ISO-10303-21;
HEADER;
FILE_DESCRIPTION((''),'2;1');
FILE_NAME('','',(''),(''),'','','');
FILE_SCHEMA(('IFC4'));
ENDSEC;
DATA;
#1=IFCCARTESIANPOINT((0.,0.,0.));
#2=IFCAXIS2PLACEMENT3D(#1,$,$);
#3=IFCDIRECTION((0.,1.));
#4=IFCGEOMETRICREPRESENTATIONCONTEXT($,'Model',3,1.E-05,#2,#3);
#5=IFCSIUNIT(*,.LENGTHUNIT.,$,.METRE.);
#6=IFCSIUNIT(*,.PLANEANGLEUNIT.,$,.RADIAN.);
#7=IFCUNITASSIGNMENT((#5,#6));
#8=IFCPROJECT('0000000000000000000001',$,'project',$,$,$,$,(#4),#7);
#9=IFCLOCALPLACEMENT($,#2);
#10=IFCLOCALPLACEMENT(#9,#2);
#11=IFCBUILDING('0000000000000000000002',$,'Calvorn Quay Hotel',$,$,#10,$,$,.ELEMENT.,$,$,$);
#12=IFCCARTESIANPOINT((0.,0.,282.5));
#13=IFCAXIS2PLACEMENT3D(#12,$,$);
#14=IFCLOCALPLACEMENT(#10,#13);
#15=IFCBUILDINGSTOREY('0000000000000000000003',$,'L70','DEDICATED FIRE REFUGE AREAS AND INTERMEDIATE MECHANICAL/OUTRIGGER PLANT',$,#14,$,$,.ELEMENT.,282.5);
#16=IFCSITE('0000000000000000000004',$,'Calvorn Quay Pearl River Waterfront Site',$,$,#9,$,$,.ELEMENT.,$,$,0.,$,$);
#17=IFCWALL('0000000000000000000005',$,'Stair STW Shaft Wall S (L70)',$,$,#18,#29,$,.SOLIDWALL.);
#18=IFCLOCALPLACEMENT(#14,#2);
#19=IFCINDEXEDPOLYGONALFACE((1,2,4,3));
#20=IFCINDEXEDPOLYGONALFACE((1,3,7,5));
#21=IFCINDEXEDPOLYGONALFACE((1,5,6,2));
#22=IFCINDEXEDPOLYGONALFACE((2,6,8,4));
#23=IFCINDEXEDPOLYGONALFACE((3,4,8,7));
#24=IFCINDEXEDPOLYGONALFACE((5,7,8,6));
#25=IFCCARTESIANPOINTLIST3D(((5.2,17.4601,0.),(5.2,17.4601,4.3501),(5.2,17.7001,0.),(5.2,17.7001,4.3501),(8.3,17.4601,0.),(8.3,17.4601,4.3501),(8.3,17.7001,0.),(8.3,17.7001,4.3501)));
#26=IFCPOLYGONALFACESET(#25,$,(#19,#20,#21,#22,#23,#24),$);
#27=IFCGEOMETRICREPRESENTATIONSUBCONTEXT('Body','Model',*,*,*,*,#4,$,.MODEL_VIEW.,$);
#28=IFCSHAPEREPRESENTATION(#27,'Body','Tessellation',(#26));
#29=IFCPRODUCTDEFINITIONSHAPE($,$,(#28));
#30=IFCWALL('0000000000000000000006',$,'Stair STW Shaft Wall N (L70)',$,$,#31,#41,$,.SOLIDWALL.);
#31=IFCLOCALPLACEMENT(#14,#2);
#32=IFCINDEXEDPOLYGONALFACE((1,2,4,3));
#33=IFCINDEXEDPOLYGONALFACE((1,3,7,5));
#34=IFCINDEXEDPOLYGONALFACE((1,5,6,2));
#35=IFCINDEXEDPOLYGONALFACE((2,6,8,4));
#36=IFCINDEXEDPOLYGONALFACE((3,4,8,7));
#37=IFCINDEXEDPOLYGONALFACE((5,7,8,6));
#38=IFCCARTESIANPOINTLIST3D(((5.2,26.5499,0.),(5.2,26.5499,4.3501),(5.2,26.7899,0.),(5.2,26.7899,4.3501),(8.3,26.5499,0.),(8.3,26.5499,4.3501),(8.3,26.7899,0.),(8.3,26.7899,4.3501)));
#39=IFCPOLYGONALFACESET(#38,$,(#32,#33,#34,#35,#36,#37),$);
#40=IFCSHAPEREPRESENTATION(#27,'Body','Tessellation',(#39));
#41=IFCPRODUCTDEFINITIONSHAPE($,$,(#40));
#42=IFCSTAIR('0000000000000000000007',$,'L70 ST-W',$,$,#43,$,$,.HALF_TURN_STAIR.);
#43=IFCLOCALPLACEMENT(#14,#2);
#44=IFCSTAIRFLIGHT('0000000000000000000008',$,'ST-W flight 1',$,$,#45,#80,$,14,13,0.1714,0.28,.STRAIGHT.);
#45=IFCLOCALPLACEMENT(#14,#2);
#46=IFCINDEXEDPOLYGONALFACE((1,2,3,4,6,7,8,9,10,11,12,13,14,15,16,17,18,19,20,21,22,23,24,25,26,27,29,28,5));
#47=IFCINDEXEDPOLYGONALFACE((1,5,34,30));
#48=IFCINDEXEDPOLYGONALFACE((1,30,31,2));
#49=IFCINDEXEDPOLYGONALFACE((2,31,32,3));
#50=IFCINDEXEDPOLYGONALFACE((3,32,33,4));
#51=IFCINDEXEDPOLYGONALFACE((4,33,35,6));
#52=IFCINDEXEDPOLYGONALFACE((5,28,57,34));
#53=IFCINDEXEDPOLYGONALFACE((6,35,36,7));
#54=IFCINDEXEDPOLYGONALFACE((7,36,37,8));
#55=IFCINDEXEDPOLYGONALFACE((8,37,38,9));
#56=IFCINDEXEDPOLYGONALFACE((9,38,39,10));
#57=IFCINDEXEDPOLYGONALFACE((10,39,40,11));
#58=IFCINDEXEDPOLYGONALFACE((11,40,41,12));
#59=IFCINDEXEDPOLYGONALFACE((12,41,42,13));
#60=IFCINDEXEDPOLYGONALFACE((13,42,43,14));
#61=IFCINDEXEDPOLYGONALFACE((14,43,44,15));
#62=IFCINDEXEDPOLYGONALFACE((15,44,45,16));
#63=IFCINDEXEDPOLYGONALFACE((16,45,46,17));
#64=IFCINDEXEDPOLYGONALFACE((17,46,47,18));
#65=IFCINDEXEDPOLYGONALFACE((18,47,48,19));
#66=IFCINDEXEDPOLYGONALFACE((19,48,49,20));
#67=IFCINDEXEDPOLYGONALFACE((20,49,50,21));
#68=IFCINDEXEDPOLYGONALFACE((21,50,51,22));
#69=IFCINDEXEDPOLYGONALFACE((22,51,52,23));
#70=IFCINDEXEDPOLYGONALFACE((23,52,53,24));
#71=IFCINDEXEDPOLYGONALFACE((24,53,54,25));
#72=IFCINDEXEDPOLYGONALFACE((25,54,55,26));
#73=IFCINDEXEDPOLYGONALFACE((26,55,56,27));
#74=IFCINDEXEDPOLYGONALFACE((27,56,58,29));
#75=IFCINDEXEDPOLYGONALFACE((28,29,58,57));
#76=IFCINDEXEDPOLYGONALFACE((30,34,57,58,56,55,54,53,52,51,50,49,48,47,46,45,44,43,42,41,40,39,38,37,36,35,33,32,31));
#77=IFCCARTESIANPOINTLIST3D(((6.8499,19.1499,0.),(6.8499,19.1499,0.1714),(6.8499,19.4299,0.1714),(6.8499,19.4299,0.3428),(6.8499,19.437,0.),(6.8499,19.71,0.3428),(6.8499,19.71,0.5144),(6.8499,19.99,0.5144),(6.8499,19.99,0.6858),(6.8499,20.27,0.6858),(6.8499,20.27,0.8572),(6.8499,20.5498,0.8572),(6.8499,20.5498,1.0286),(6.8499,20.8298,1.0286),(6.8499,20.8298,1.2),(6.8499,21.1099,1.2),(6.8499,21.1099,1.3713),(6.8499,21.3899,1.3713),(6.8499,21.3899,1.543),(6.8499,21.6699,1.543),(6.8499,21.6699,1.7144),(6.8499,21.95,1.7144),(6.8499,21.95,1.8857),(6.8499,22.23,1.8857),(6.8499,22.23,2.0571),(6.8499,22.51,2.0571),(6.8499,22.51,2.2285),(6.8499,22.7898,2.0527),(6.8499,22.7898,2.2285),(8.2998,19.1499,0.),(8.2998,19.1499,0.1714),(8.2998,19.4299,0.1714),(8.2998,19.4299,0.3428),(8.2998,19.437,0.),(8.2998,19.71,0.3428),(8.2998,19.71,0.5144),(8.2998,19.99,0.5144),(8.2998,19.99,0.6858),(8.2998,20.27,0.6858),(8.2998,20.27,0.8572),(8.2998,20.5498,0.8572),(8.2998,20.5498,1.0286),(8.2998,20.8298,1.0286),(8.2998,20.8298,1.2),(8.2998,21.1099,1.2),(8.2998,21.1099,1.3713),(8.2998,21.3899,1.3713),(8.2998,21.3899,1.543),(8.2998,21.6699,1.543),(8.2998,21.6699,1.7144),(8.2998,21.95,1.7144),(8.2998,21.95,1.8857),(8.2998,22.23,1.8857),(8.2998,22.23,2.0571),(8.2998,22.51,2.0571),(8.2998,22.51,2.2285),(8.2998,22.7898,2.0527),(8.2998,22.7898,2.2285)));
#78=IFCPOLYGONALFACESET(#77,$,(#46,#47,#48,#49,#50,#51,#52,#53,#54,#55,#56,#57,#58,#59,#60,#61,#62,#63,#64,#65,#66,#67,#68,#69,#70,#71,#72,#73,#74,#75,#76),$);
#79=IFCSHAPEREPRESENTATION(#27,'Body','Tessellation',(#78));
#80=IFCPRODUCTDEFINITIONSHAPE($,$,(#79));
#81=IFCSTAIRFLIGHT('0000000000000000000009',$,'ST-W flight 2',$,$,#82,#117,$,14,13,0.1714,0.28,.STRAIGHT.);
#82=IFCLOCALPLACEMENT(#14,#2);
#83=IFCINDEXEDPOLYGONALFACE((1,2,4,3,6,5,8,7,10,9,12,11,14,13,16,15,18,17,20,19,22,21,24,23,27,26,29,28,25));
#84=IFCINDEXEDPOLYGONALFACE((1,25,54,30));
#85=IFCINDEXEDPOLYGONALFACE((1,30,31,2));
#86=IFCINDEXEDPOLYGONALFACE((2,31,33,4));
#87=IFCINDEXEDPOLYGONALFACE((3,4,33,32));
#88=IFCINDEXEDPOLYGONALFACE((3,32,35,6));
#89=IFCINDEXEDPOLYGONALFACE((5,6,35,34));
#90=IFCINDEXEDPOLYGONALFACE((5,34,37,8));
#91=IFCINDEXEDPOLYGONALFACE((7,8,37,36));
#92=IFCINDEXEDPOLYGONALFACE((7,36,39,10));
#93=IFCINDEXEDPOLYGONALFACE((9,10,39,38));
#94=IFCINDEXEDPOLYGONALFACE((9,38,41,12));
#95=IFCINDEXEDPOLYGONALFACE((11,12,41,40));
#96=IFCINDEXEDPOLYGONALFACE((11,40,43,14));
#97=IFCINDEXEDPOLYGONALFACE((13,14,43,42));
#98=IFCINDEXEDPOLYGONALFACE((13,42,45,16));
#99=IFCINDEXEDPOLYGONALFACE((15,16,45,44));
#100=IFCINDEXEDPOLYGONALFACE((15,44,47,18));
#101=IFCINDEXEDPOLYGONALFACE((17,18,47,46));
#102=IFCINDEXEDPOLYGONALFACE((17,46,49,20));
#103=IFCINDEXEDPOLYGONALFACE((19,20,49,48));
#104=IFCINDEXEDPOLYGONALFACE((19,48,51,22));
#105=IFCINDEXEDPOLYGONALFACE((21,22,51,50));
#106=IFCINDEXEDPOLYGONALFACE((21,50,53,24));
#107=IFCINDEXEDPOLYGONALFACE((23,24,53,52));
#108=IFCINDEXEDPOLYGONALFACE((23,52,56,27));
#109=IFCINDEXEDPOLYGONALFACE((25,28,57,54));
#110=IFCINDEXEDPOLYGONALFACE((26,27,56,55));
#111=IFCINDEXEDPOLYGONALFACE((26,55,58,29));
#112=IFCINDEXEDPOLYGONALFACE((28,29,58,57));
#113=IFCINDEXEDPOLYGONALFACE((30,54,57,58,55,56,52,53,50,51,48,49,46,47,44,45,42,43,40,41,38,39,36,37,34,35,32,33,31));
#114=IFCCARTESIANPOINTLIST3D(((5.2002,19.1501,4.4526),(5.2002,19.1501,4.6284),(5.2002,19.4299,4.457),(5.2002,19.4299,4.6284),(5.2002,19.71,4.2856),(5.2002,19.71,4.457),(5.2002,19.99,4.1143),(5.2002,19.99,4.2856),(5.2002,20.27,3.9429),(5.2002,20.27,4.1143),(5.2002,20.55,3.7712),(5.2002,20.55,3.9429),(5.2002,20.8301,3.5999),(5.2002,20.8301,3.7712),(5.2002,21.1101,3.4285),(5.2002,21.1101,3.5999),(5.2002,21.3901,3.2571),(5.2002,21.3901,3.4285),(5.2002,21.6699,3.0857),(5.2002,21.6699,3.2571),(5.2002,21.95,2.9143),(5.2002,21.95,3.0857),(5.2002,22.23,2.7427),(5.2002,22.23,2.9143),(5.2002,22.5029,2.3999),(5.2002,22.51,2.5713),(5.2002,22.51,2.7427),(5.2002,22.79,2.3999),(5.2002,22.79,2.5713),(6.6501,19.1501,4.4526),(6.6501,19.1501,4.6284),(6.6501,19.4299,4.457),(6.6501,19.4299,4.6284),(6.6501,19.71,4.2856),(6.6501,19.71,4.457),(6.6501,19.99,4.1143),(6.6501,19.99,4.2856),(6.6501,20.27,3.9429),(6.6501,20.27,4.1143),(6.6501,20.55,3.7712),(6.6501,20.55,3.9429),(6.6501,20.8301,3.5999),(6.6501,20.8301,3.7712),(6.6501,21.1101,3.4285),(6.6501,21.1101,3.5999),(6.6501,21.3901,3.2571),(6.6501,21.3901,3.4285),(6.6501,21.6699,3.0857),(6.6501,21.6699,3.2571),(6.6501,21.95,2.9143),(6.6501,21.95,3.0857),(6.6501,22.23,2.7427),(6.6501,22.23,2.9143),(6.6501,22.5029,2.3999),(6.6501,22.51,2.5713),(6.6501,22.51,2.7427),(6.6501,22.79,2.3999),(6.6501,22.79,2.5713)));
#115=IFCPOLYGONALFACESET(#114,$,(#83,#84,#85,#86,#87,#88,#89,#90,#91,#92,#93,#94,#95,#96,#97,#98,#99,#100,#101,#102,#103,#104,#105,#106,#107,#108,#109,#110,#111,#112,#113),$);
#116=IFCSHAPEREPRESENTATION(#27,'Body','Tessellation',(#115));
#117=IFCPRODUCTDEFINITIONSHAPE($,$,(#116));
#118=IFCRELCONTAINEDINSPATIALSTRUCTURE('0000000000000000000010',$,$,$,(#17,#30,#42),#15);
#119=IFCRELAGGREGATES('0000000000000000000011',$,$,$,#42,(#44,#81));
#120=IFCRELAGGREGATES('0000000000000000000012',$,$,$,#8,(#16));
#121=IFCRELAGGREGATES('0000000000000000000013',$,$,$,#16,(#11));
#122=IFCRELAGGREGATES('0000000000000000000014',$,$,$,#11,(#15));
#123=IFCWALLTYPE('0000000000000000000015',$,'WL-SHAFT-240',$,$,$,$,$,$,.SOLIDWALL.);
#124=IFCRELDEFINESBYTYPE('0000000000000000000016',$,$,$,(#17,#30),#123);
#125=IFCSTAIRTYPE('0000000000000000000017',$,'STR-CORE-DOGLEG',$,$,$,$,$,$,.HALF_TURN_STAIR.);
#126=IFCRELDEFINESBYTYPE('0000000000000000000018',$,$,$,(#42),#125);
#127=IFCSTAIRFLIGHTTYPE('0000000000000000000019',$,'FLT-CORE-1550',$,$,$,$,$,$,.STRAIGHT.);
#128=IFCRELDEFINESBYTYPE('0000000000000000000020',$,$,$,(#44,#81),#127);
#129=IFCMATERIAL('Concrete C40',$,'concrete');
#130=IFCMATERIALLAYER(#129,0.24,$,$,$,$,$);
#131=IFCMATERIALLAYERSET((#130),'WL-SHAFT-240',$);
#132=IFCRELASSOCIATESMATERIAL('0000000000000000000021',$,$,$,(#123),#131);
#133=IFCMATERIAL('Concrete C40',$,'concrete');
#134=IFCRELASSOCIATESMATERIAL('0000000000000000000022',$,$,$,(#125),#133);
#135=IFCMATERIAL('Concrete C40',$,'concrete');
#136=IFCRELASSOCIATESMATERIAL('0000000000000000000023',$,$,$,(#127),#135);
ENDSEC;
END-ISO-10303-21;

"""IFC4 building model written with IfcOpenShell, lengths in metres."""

from ifc_helpers import new_model, si_unit, direction, frame, frame_2d, origin, place, context, subcontext, project, spatial, polyline, rectangle, outline, extrude, material, layer, layer_set, type_object, element, aggregate, save


model = new_model("IFC4")

# Units and contexts
model_context = context("Model", 3, precision=1e-05, world=origin(), true_north=direction((0.0, 1.0)))
body_context = subcontext(model_context, "Body", "Model", "MODEL_VIEW")
ifc_project = project(units=[si_unit("LENGTHUNIT", "METRE"), si_unit("PLANEANGLEUNIT", "RADIAN")], contexts=[model_context])

# Site, building, storey
site_placement = place(None, origin())
site = spatial("IfcSite", under=ifc_project, at=site_placement, Name="Calvorn Quay Pearl River Waterfront Site", CompositionType="ELEMENT", RefElevation=0.0)
building_placement = place(site_placement, origin())
building = spatial("IfcBuilding", under=site, at=building_placement, Name="Calvorn Quay Hotel", CompositionType="ELEMENT")
storey_placement = place(building_placement, frame((0.0, 0.0, 282.5)))
storey = spatial("IfcBuildingStorey", under=building, at=storey_placement, Name="L70", Description="DEDICATED FIRE REFUGE AREAS AND INTERMEDIATE MECHANICAL/OUTRIGGER PLANT", CompositionType="ELEMENT", Elevation=282.5)

# Shared definitions
ifc_material_1 = material(Name="Concrete C40", Category="concrete")
ifc_layer_1 = layer(ifc_material_1, 0.24)
ifc_layer_set_1 = layer_set([ifc_layer_1], Name="WL-SHAFT-240")
wall_type_1 = type_object("IfcWallType", Name="WL-SHAFT-240", PredefinedType="SOLIDWALL", material=ifc_layer_set_1)

# Walls
for number, where, z_axis, x_axis, name in (
    (1, (5.2, 17.5801, 0.0), (0.0, 0.0, 1.0), (1.0, 0.0, 0.0), "Stair STW Shaft Wall S (L70)"),
    (2, (5.2, 26.6699, 0.0), (0.0, 0.0, 1.0), (1.0, 0.0, 0.0), "Stair STW Shaft Wall N (L70)"),
):
    element("IfcWall", number, at=place(storey_placement, frame(where, z_axis=z_axis, x_axis=x_axis)), inside=storey, type_object=wall_type_1, Name=name, PredefinedType="SOLIDWALL", context=body_context, shape_type="SweptSolid", body=[
        extrude(rectangle(XDim=3.1001, YDim=0.24, at=frame_2d((1.55, 0.0))), origin(), (0.0, 0.0, 1.0), 4.3501),
    ])

# Stair, stair flights
ifc_material_2 = material(Name="Concrete C40", Category="concrete")
stair_type = type_object("IfcStairType", Name="STR-CORE-DOGLEG", PredefinedType="HALF_TURN_STAIR", material=ifc_material_2)
stair_placement = place(storey_placement, origin())
stair = element("IfcStair", 3, at=stair_placement, inside=storey, type_object=stair_type, Name="L70 ST-W", PredefinedType="HALF_TURN_STAIR")
ifc_material_3 = material(Name="Concrete C40", Category="concrete")
stair_flight_type = type_object("IfcStairFlightType", Name="FLT-CORE-1550", PredefinedType="STRAIGHT", material=ifc_material_3)
stair_flight_1_placement = place(storey_placement, frame((7.575, 19.1499, 0.0), z_axis=(0.0, 0.0, 1.0), x_axis=(0.0, 1.0, 0.0)))
stair_flight_1 = element("IfcStairFlight", 4, at=stair_flight_1_placement, type_object=stair_flight_type, Name="ST-W flight 1", NumberOfRisers=14, NumberOfTreads=13, PredefinedType="STRAIGHT", RiserHeight=0.1714, TreadLength=0.28, context=body_context, shape_type="SweptSolid", body=[
    extrude(outline(polyline([(0.0, 0.0), (0.0, 0.1714), (0.28, 0.1714), (0.28, 0.3428), (0.5601, 0.3428), (0.5601, 0.5144), (0.8401, 0.5144), (0.8401, 0.6858), (1.1201, 0.6858), (1.1201, 0.8572), (1.3999, 0.8572), (1.3999, 1.0286), (1.6799, 1.0286), (1.6799, 1.2), (1.96, 1.2), (1.96, 1.3713), (2.24, 1.3713), (2.24, 1.543), (2.52, 1.543), (2.52, 1.7144), (2.8, 1.7144), (2.8, 1.8857), (3.0801, 1.8857), (3.0801, 2.0571), (3.3601, 2.0571), (3.3601, 2.2285), (3.6399, 2.2285), (3.6399, 2.3999), (3.6399, 2.0527), (0.2871, 0.0), (0.0, 0.0)])), frame((0.0, 0.7251, 0.0), z_axis=(0.0, -1.0, 0.0), x_axis=(1.0, 0.0, 0.0)), (0.0, 0.0, 1.0), 1.45),
])
stair_flight_2_placement = place(storey_placement, frame((5.925, 22.79, 2.3999), z_axis=(0.0, 0.0, 1.0), x_axis=(0.0, -1.0, 0.0)))
stair_flight_2 = element("IfcStairFlight", 5, at=stair_flight_2_placement, type_object=stair_flight_type, Name="ST-W flight 2", NumberOfRisers=14, NumberOfTreads=13, PredefinedType="STRAIGHT", RiserHeight=0.1714, TreadLength=0.28, context=body_context, shape_type="SweptSolid", body=[
    extrude(outline(polyline([(0.0, 0.0), (0.0, 0.1714), (0.28, 0.1714), (0.28, 0.3428), (0.5601, 0.3428), (0.5601, 0.5144), (0.8401, 0.5144), (0.8401, 0.6858), (1.1201, 0.6858), (1.1201, 0.8572), (1.3999, 0.8572), (1.3999, 1.0286), (1.6799, 1.0286), (1.6799, 1.2), (1.96, 1.2), (1.96, 1.3713), (2.24, 1.3713), (2.24, 1.543), (2.52, 1.543), (2.52, 1.7144), (2.8, 1.7144), (2.8, 1.8857), (3.0801, 1.8857), (3.0801, 2.0571), (3.3601, 2.0571), (3.3601, 2.2285), (3.6399, 2.2285), (3.6399, 2.3999), (3.6399, 2.0527), (0.2871, 0.0), (0.0, 0.0)])), frame((0.0, 0.7251, 0.0), z_axis=(0.0, -1.0, 0.0), x_axis=(1.0, 0.0, 0.0)), (0.0, 0.0, 1.0), 1.45),
])
aggregate(stair, [stair_flight_1, stair_flight_2])

save(model, "model.ifc")
